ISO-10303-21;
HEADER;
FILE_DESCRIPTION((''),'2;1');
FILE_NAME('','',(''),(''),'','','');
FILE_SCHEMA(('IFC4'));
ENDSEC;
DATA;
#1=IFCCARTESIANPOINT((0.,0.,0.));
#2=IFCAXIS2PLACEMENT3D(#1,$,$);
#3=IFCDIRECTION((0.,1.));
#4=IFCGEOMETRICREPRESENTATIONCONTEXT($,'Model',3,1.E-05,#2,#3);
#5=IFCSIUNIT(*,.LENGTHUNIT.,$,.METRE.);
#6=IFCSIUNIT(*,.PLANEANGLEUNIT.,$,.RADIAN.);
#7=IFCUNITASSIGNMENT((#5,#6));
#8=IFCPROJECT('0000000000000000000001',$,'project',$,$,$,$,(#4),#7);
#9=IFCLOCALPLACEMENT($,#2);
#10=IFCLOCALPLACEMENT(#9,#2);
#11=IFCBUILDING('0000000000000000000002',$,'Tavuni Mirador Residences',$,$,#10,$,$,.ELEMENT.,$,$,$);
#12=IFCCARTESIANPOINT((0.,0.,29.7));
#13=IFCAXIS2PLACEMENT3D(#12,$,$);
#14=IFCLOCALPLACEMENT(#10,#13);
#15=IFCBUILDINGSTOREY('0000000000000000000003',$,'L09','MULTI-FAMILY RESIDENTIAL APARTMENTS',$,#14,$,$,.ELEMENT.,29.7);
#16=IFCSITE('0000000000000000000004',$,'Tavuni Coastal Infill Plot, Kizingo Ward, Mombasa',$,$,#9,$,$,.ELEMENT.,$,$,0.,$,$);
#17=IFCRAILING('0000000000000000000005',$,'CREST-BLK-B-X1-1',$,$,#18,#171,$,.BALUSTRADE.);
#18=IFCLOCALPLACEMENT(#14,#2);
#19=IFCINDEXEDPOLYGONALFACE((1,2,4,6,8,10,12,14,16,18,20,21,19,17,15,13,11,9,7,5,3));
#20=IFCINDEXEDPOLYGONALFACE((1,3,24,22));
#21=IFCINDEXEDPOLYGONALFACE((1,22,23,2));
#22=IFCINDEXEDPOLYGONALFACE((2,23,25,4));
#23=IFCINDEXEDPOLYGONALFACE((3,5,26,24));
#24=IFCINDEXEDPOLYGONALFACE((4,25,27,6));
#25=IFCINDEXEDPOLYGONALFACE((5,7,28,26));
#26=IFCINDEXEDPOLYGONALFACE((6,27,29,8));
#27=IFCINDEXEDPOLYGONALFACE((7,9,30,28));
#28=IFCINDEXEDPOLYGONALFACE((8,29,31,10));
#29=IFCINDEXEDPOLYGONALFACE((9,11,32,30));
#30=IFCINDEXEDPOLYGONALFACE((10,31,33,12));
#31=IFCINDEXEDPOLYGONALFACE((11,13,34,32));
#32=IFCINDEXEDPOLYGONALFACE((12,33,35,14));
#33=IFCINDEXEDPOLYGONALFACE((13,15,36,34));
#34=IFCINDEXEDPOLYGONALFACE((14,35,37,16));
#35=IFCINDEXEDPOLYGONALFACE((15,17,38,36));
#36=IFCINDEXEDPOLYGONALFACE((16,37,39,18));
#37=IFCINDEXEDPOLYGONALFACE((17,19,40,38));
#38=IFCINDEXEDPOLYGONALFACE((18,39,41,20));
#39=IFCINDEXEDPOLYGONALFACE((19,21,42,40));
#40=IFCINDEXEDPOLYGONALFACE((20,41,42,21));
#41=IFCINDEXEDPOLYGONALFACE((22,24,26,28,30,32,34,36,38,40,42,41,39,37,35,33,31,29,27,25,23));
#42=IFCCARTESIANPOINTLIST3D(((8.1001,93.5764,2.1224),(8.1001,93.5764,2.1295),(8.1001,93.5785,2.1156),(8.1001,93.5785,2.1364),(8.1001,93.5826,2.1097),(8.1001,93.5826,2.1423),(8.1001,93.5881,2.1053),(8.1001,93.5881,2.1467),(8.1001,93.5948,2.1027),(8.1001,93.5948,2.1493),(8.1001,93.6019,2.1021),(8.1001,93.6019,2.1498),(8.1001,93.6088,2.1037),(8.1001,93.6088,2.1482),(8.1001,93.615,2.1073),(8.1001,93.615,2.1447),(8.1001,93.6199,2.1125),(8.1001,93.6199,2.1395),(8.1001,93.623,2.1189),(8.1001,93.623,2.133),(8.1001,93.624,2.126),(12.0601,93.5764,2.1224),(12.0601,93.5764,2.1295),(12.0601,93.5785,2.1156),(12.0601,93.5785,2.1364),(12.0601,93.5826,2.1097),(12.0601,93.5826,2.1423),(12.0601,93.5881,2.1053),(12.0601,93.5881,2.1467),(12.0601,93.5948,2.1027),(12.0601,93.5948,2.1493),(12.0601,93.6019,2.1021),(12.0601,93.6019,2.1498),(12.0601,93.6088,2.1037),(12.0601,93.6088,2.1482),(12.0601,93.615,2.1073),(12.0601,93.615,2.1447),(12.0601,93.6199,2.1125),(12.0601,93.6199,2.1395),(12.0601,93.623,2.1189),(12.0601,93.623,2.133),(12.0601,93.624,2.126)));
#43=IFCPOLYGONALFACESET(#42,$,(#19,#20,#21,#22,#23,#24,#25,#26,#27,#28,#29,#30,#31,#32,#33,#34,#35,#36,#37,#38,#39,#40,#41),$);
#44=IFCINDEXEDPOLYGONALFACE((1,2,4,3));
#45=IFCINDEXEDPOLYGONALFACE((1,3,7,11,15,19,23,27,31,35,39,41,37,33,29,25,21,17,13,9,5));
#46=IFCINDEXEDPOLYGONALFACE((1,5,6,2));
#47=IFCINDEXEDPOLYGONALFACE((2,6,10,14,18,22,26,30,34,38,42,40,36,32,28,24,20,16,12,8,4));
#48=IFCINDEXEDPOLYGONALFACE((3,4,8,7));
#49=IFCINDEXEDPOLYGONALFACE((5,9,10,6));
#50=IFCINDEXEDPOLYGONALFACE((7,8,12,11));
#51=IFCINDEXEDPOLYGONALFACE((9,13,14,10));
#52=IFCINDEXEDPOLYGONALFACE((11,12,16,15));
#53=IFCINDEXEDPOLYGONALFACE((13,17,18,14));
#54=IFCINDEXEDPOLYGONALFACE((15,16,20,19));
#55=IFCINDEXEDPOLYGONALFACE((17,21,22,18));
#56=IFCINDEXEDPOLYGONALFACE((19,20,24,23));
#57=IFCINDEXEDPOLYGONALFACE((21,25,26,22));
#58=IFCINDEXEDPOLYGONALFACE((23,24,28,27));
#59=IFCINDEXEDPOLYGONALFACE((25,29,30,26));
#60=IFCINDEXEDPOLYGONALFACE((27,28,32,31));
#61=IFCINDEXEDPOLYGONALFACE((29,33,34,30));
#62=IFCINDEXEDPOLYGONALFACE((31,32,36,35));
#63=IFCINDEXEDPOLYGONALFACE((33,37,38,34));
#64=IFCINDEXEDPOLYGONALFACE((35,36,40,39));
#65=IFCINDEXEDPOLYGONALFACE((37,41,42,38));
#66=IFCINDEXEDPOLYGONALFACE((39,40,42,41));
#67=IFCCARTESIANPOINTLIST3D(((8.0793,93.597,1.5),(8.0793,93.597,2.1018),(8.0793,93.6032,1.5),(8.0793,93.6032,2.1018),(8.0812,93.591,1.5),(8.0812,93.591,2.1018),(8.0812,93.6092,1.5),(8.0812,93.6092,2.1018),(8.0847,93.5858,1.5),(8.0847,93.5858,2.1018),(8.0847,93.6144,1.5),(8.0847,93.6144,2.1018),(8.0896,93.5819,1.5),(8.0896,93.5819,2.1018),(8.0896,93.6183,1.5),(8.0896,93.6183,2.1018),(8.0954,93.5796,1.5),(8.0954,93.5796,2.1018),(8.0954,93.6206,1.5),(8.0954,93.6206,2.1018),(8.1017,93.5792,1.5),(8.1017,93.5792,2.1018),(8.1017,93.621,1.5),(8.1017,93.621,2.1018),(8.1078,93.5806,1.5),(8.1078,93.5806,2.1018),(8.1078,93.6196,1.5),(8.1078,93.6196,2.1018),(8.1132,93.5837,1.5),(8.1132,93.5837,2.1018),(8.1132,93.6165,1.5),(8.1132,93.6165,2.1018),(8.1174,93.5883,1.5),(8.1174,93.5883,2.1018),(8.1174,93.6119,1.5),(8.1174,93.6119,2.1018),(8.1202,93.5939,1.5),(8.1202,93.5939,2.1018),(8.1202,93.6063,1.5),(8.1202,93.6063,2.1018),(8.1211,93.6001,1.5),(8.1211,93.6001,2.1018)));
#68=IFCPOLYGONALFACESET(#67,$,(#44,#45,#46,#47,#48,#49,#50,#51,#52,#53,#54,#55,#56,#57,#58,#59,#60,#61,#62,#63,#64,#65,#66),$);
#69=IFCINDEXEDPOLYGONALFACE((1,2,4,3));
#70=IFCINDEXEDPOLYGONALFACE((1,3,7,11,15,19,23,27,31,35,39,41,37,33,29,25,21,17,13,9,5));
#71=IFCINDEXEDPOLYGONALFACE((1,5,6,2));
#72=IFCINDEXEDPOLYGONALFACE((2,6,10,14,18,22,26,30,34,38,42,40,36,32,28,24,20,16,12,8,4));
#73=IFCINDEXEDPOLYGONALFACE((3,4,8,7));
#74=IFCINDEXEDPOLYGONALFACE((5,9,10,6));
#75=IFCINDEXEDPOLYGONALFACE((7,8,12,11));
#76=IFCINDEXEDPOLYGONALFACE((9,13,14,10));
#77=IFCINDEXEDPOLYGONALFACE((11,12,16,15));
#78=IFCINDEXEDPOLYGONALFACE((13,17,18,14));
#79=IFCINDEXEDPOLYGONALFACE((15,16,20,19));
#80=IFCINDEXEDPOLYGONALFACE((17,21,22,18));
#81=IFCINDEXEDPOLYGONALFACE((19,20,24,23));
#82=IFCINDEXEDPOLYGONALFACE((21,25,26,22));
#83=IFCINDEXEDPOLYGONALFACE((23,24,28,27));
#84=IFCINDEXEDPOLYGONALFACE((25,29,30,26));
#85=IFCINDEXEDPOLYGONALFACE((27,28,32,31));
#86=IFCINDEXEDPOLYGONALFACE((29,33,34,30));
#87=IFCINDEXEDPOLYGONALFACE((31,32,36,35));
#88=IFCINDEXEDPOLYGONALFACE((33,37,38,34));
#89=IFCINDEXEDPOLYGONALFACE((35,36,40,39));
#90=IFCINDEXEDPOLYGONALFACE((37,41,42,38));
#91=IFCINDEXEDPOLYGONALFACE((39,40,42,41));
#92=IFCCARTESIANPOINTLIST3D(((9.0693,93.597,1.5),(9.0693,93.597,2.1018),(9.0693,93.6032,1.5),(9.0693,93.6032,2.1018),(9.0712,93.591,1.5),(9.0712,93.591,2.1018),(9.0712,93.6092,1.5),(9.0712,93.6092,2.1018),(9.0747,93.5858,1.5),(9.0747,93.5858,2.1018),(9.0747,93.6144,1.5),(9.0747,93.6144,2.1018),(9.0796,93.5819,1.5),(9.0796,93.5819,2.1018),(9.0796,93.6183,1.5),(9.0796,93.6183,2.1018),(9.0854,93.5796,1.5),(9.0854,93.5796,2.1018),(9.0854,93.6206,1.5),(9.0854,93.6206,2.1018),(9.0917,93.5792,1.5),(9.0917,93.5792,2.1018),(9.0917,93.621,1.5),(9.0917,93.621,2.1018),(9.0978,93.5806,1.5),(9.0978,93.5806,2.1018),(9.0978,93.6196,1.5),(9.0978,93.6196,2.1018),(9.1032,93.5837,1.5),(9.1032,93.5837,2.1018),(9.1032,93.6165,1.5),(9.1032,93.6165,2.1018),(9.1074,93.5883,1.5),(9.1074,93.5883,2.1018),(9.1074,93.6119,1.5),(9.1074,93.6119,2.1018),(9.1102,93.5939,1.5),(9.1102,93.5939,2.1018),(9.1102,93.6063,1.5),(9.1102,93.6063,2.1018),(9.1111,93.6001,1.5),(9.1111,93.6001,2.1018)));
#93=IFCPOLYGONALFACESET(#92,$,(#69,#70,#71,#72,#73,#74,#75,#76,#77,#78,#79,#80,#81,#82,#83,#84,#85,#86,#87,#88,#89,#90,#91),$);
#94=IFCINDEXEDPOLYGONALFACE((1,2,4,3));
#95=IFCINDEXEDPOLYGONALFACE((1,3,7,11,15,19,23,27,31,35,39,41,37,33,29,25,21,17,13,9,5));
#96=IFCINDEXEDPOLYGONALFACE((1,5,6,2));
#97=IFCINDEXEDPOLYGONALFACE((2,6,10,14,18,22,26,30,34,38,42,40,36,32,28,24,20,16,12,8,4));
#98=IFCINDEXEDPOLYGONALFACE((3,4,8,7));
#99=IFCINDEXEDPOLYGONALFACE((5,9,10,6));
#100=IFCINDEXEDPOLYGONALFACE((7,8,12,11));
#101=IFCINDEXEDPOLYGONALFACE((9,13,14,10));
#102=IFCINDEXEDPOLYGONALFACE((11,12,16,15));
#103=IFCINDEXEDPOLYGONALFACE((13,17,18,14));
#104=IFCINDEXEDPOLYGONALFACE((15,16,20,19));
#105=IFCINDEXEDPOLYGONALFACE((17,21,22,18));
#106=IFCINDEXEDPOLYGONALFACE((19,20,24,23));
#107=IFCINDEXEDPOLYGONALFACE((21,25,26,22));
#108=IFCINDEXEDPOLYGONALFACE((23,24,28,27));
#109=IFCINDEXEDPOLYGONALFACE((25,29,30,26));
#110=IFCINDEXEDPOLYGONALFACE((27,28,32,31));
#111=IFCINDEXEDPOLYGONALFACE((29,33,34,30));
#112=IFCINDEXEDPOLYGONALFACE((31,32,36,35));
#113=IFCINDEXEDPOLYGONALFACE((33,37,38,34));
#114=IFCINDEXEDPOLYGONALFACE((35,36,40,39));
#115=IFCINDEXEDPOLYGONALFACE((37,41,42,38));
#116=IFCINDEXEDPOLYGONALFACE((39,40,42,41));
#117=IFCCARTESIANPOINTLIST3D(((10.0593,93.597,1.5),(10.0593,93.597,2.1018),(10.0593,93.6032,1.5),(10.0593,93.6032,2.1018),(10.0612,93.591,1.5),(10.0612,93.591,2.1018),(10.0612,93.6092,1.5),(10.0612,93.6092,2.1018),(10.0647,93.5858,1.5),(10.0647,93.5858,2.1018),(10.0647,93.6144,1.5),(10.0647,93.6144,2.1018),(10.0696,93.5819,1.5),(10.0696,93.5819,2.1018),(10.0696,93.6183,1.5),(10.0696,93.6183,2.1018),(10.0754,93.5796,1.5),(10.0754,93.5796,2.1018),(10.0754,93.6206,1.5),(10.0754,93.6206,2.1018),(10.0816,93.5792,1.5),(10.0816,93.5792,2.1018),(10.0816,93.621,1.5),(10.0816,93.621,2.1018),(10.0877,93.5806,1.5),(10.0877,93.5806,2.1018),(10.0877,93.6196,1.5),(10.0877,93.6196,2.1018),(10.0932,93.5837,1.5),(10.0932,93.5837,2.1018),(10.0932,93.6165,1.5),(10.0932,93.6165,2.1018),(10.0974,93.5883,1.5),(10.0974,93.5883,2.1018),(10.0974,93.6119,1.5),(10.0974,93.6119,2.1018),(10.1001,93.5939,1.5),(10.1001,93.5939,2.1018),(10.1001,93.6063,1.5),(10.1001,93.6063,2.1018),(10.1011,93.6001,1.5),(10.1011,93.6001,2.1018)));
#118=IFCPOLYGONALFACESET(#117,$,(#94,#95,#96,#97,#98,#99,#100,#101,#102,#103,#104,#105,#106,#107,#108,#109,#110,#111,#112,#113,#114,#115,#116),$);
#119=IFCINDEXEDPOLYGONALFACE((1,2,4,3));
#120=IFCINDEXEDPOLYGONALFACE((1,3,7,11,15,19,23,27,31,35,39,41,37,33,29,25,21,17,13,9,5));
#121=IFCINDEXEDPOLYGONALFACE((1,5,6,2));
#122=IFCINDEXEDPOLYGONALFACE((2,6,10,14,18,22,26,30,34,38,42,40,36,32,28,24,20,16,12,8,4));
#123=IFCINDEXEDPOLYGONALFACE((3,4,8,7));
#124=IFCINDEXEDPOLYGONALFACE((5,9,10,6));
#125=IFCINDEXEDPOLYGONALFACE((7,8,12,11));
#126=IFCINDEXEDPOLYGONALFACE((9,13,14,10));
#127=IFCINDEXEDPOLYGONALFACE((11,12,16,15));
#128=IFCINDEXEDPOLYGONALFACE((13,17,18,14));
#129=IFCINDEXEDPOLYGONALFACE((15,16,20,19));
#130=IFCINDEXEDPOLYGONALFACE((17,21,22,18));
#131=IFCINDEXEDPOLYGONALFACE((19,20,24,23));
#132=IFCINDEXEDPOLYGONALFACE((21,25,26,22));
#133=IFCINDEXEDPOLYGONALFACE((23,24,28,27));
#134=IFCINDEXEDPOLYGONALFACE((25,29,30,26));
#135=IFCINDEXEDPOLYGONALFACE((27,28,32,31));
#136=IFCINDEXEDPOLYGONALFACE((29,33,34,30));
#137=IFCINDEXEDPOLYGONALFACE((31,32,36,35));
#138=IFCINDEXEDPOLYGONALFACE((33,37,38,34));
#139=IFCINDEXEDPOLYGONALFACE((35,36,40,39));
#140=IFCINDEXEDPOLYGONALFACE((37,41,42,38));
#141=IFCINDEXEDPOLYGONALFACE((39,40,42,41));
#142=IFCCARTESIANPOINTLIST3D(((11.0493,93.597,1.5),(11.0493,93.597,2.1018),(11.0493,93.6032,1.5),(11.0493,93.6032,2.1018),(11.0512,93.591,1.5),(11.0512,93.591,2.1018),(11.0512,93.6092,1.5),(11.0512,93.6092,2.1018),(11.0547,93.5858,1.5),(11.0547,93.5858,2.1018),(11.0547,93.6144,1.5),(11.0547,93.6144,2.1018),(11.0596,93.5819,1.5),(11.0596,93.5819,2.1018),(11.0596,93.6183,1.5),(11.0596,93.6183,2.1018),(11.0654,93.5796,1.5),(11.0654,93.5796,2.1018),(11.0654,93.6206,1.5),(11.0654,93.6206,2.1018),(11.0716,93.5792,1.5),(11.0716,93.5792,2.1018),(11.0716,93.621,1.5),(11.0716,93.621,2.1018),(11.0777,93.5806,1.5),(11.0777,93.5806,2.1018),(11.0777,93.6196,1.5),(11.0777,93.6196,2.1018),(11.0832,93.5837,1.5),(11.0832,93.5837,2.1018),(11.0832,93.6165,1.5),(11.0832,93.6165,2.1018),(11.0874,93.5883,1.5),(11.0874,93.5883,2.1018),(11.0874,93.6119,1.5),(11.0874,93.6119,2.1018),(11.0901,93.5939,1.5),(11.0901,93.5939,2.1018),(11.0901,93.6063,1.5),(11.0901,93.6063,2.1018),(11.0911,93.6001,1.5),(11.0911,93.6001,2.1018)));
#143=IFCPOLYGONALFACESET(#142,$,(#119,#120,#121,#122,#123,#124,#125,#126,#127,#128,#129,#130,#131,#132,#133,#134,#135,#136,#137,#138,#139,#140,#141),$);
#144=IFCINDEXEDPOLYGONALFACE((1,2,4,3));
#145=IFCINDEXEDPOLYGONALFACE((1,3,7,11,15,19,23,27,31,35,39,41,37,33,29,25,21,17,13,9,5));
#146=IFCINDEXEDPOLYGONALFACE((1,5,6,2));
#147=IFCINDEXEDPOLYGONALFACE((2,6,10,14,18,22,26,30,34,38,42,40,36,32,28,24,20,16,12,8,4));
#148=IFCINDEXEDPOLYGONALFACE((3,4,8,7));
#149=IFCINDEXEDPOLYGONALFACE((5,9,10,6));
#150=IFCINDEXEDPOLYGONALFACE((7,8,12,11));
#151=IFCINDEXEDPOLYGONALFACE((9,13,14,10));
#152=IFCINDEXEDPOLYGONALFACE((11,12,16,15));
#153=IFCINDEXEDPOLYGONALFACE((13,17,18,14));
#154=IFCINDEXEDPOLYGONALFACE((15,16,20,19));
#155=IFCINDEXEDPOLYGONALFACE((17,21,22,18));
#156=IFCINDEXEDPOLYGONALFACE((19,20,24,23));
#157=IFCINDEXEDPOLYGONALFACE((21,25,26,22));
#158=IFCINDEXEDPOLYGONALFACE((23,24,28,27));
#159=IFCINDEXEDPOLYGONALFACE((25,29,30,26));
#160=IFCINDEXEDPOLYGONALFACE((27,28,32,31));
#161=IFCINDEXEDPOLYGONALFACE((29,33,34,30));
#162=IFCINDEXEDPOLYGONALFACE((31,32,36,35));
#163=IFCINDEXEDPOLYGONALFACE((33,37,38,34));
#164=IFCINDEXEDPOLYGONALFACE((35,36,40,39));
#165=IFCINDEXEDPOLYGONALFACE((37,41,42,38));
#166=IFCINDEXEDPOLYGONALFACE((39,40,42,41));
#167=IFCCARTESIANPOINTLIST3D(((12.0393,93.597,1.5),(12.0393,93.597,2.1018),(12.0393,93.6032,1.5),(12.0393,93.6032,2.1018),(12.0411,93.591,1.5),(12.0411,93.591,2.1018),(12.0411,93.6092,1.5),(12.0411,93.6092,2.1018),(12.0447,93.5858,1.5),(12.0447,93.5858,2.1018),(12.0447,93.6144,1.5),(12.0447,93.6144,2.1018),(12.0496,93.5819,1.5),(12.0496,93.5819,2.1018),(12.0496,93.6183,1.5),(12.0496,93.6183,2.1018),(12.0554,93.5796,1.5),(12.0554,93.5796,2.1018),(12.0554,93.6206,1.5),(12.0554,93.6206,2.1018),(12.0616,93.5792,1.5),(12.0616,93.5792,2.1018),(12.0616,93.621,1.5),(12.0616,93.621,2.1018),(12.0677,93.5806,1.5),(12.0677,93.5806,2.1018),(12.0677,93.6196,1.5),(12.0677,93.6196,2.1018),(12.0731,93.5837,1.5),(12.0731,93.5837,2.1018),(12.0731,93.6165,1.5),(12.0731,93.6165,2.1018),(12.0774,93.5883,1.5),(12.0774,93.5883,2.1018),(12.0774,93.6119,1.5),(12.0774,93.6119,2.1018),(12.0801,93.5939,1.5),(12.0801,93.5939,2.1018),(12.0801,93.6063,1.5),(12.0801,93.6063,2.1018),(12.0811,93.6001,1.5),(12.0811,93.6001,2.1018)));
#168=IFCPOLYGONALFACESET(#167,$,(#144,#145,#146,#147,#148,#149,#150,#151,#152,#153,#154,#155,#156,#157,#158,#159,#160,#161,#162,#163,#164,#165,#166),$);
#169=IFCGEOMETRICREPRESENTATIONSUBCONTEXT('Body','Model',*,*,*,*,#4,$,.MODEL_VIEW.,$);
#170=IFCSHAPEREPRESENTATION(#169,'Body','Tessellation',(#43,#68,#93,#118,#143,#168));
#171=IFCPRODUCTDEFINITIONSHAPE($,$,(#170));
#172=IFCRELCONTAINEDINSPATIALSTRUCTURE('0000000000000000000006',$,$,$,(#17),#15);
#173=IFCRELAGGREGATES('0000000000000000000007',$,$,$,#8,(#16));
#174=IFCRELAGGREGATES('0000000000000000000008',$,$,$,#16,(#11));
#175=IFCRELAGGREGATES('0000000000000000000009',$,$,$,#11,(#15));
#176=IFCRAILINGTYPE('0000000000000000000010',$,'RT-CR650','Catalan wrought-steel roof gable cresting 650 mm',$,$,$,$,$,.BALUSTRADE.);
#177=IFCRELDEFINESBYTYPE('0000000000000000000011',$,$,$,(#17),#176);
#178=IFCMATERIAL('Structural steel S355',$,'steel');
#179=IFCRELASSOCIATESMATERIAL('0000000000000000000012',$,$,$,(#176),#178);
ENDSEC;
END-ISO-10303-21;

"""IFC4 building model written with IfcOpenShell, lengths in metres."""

from ifc_helpers import new_model, si_unit, direction, frame, origin, origin_2d, place, context, subcontext, project, spatial, circle, extrude, material, type_object, element, save


model = new_model("IFC4")

# Units and contexts
model_context = context("Model", 3, precision=1e-05, world=origin(), true_north=direction((0.0, 1.0)))
body_context = subcontext(model_context, "Body", "Model", "MODEL_VIEW")
ifc_project = project(units=[si_unit("LENGTHUNIT", "METRE"), si_unit("PLANEANGLEUNIT", "RADIAN")], contexts=[model_context])

# Site, building, storey
site_placement = place(None, origin())
site = spatial("IfcSite", under=ifc_project, at=site_placement, Name="Tavuni Coastal Infill Plot, Kizingo Ward, Mombasa", CompositionType="ELEMENT", RefElevation=0.0)
building_placement = place(site_placement, origin())
building = spatial("IfcBuilding", under=site, at=building_placement, Name="Tavuni Mirador Residences", CompositionType="ELEMENT")
storey_placement = place(building_placement, frame((0.0, 0.0, 29.7)))
storey = spatial("IfcBuildingStorey", under=building, at=storey_placement, Name="L09", Description="MULTI-FAMILY RESIDENTIAL APARTMENTS", CompositionType="ELEMENT", Elevation=29.7)

# Shared definitions
ifc_material_1 = material(Name="Structural steel S355", Category="steel")

# Railing
railing_type = type_object("IfcRailingType", Name="RT-CR650", Description="Catalan wrought-steel roof gable cresting 650 mm", PredefinedType="BALUSTRADE", material=ifc_material_1)
for number, where, name in (
    (1, (8.1001, 93.6001, 1.5), "CREST-BLK-B-X1-1"),
):
    element("IfcRailing", number, at=place(storey_placement, frame(where)), inside=storey, type_object=railing_type, Name=name, PredefinedType="BALUSTRADE", context=body_context, shape_type="SweptSolid", body=[
        extrude(circle(Radius=0.0239, at=origin_2d()), frame((0.0, 0.0, 0.626), z_axis=(1.0, 0.0, 0.0), x_axis=(0.0, 1.0, 0.0)), (0.0, 0.0, 1.0), 3.96),
        extrude(circle(Radius=0.021, at=origin_2d()), origin(), (0.0, 0.0, 1.0), 0.6018),
        extrude(circle(Radius=0.021, at=origin_2d()), frame((0.99, 0.0, 0.0)), (0.0, 0.0, 1.0), 0.6018),
        extrude(circle(Radius=0.021, at=origin_2d()), frame((1.98, 0.0, 0.0)), (0.0, 0.0, 1.0), 0.6018),
        extrude(circle(Radius=0.021, at=origin_2d()), frame((2.97, 0.0, 0.0)), (0.0, 0.0, 1.0), 0.6018),
        extrude(circle(Radius=0.021, at=origin_2d()), frame((3.96, 0.0, 0.0)), (0.0, 0.0, 1.0), 0.6018),
    ])

save(model, "model.ifc")
